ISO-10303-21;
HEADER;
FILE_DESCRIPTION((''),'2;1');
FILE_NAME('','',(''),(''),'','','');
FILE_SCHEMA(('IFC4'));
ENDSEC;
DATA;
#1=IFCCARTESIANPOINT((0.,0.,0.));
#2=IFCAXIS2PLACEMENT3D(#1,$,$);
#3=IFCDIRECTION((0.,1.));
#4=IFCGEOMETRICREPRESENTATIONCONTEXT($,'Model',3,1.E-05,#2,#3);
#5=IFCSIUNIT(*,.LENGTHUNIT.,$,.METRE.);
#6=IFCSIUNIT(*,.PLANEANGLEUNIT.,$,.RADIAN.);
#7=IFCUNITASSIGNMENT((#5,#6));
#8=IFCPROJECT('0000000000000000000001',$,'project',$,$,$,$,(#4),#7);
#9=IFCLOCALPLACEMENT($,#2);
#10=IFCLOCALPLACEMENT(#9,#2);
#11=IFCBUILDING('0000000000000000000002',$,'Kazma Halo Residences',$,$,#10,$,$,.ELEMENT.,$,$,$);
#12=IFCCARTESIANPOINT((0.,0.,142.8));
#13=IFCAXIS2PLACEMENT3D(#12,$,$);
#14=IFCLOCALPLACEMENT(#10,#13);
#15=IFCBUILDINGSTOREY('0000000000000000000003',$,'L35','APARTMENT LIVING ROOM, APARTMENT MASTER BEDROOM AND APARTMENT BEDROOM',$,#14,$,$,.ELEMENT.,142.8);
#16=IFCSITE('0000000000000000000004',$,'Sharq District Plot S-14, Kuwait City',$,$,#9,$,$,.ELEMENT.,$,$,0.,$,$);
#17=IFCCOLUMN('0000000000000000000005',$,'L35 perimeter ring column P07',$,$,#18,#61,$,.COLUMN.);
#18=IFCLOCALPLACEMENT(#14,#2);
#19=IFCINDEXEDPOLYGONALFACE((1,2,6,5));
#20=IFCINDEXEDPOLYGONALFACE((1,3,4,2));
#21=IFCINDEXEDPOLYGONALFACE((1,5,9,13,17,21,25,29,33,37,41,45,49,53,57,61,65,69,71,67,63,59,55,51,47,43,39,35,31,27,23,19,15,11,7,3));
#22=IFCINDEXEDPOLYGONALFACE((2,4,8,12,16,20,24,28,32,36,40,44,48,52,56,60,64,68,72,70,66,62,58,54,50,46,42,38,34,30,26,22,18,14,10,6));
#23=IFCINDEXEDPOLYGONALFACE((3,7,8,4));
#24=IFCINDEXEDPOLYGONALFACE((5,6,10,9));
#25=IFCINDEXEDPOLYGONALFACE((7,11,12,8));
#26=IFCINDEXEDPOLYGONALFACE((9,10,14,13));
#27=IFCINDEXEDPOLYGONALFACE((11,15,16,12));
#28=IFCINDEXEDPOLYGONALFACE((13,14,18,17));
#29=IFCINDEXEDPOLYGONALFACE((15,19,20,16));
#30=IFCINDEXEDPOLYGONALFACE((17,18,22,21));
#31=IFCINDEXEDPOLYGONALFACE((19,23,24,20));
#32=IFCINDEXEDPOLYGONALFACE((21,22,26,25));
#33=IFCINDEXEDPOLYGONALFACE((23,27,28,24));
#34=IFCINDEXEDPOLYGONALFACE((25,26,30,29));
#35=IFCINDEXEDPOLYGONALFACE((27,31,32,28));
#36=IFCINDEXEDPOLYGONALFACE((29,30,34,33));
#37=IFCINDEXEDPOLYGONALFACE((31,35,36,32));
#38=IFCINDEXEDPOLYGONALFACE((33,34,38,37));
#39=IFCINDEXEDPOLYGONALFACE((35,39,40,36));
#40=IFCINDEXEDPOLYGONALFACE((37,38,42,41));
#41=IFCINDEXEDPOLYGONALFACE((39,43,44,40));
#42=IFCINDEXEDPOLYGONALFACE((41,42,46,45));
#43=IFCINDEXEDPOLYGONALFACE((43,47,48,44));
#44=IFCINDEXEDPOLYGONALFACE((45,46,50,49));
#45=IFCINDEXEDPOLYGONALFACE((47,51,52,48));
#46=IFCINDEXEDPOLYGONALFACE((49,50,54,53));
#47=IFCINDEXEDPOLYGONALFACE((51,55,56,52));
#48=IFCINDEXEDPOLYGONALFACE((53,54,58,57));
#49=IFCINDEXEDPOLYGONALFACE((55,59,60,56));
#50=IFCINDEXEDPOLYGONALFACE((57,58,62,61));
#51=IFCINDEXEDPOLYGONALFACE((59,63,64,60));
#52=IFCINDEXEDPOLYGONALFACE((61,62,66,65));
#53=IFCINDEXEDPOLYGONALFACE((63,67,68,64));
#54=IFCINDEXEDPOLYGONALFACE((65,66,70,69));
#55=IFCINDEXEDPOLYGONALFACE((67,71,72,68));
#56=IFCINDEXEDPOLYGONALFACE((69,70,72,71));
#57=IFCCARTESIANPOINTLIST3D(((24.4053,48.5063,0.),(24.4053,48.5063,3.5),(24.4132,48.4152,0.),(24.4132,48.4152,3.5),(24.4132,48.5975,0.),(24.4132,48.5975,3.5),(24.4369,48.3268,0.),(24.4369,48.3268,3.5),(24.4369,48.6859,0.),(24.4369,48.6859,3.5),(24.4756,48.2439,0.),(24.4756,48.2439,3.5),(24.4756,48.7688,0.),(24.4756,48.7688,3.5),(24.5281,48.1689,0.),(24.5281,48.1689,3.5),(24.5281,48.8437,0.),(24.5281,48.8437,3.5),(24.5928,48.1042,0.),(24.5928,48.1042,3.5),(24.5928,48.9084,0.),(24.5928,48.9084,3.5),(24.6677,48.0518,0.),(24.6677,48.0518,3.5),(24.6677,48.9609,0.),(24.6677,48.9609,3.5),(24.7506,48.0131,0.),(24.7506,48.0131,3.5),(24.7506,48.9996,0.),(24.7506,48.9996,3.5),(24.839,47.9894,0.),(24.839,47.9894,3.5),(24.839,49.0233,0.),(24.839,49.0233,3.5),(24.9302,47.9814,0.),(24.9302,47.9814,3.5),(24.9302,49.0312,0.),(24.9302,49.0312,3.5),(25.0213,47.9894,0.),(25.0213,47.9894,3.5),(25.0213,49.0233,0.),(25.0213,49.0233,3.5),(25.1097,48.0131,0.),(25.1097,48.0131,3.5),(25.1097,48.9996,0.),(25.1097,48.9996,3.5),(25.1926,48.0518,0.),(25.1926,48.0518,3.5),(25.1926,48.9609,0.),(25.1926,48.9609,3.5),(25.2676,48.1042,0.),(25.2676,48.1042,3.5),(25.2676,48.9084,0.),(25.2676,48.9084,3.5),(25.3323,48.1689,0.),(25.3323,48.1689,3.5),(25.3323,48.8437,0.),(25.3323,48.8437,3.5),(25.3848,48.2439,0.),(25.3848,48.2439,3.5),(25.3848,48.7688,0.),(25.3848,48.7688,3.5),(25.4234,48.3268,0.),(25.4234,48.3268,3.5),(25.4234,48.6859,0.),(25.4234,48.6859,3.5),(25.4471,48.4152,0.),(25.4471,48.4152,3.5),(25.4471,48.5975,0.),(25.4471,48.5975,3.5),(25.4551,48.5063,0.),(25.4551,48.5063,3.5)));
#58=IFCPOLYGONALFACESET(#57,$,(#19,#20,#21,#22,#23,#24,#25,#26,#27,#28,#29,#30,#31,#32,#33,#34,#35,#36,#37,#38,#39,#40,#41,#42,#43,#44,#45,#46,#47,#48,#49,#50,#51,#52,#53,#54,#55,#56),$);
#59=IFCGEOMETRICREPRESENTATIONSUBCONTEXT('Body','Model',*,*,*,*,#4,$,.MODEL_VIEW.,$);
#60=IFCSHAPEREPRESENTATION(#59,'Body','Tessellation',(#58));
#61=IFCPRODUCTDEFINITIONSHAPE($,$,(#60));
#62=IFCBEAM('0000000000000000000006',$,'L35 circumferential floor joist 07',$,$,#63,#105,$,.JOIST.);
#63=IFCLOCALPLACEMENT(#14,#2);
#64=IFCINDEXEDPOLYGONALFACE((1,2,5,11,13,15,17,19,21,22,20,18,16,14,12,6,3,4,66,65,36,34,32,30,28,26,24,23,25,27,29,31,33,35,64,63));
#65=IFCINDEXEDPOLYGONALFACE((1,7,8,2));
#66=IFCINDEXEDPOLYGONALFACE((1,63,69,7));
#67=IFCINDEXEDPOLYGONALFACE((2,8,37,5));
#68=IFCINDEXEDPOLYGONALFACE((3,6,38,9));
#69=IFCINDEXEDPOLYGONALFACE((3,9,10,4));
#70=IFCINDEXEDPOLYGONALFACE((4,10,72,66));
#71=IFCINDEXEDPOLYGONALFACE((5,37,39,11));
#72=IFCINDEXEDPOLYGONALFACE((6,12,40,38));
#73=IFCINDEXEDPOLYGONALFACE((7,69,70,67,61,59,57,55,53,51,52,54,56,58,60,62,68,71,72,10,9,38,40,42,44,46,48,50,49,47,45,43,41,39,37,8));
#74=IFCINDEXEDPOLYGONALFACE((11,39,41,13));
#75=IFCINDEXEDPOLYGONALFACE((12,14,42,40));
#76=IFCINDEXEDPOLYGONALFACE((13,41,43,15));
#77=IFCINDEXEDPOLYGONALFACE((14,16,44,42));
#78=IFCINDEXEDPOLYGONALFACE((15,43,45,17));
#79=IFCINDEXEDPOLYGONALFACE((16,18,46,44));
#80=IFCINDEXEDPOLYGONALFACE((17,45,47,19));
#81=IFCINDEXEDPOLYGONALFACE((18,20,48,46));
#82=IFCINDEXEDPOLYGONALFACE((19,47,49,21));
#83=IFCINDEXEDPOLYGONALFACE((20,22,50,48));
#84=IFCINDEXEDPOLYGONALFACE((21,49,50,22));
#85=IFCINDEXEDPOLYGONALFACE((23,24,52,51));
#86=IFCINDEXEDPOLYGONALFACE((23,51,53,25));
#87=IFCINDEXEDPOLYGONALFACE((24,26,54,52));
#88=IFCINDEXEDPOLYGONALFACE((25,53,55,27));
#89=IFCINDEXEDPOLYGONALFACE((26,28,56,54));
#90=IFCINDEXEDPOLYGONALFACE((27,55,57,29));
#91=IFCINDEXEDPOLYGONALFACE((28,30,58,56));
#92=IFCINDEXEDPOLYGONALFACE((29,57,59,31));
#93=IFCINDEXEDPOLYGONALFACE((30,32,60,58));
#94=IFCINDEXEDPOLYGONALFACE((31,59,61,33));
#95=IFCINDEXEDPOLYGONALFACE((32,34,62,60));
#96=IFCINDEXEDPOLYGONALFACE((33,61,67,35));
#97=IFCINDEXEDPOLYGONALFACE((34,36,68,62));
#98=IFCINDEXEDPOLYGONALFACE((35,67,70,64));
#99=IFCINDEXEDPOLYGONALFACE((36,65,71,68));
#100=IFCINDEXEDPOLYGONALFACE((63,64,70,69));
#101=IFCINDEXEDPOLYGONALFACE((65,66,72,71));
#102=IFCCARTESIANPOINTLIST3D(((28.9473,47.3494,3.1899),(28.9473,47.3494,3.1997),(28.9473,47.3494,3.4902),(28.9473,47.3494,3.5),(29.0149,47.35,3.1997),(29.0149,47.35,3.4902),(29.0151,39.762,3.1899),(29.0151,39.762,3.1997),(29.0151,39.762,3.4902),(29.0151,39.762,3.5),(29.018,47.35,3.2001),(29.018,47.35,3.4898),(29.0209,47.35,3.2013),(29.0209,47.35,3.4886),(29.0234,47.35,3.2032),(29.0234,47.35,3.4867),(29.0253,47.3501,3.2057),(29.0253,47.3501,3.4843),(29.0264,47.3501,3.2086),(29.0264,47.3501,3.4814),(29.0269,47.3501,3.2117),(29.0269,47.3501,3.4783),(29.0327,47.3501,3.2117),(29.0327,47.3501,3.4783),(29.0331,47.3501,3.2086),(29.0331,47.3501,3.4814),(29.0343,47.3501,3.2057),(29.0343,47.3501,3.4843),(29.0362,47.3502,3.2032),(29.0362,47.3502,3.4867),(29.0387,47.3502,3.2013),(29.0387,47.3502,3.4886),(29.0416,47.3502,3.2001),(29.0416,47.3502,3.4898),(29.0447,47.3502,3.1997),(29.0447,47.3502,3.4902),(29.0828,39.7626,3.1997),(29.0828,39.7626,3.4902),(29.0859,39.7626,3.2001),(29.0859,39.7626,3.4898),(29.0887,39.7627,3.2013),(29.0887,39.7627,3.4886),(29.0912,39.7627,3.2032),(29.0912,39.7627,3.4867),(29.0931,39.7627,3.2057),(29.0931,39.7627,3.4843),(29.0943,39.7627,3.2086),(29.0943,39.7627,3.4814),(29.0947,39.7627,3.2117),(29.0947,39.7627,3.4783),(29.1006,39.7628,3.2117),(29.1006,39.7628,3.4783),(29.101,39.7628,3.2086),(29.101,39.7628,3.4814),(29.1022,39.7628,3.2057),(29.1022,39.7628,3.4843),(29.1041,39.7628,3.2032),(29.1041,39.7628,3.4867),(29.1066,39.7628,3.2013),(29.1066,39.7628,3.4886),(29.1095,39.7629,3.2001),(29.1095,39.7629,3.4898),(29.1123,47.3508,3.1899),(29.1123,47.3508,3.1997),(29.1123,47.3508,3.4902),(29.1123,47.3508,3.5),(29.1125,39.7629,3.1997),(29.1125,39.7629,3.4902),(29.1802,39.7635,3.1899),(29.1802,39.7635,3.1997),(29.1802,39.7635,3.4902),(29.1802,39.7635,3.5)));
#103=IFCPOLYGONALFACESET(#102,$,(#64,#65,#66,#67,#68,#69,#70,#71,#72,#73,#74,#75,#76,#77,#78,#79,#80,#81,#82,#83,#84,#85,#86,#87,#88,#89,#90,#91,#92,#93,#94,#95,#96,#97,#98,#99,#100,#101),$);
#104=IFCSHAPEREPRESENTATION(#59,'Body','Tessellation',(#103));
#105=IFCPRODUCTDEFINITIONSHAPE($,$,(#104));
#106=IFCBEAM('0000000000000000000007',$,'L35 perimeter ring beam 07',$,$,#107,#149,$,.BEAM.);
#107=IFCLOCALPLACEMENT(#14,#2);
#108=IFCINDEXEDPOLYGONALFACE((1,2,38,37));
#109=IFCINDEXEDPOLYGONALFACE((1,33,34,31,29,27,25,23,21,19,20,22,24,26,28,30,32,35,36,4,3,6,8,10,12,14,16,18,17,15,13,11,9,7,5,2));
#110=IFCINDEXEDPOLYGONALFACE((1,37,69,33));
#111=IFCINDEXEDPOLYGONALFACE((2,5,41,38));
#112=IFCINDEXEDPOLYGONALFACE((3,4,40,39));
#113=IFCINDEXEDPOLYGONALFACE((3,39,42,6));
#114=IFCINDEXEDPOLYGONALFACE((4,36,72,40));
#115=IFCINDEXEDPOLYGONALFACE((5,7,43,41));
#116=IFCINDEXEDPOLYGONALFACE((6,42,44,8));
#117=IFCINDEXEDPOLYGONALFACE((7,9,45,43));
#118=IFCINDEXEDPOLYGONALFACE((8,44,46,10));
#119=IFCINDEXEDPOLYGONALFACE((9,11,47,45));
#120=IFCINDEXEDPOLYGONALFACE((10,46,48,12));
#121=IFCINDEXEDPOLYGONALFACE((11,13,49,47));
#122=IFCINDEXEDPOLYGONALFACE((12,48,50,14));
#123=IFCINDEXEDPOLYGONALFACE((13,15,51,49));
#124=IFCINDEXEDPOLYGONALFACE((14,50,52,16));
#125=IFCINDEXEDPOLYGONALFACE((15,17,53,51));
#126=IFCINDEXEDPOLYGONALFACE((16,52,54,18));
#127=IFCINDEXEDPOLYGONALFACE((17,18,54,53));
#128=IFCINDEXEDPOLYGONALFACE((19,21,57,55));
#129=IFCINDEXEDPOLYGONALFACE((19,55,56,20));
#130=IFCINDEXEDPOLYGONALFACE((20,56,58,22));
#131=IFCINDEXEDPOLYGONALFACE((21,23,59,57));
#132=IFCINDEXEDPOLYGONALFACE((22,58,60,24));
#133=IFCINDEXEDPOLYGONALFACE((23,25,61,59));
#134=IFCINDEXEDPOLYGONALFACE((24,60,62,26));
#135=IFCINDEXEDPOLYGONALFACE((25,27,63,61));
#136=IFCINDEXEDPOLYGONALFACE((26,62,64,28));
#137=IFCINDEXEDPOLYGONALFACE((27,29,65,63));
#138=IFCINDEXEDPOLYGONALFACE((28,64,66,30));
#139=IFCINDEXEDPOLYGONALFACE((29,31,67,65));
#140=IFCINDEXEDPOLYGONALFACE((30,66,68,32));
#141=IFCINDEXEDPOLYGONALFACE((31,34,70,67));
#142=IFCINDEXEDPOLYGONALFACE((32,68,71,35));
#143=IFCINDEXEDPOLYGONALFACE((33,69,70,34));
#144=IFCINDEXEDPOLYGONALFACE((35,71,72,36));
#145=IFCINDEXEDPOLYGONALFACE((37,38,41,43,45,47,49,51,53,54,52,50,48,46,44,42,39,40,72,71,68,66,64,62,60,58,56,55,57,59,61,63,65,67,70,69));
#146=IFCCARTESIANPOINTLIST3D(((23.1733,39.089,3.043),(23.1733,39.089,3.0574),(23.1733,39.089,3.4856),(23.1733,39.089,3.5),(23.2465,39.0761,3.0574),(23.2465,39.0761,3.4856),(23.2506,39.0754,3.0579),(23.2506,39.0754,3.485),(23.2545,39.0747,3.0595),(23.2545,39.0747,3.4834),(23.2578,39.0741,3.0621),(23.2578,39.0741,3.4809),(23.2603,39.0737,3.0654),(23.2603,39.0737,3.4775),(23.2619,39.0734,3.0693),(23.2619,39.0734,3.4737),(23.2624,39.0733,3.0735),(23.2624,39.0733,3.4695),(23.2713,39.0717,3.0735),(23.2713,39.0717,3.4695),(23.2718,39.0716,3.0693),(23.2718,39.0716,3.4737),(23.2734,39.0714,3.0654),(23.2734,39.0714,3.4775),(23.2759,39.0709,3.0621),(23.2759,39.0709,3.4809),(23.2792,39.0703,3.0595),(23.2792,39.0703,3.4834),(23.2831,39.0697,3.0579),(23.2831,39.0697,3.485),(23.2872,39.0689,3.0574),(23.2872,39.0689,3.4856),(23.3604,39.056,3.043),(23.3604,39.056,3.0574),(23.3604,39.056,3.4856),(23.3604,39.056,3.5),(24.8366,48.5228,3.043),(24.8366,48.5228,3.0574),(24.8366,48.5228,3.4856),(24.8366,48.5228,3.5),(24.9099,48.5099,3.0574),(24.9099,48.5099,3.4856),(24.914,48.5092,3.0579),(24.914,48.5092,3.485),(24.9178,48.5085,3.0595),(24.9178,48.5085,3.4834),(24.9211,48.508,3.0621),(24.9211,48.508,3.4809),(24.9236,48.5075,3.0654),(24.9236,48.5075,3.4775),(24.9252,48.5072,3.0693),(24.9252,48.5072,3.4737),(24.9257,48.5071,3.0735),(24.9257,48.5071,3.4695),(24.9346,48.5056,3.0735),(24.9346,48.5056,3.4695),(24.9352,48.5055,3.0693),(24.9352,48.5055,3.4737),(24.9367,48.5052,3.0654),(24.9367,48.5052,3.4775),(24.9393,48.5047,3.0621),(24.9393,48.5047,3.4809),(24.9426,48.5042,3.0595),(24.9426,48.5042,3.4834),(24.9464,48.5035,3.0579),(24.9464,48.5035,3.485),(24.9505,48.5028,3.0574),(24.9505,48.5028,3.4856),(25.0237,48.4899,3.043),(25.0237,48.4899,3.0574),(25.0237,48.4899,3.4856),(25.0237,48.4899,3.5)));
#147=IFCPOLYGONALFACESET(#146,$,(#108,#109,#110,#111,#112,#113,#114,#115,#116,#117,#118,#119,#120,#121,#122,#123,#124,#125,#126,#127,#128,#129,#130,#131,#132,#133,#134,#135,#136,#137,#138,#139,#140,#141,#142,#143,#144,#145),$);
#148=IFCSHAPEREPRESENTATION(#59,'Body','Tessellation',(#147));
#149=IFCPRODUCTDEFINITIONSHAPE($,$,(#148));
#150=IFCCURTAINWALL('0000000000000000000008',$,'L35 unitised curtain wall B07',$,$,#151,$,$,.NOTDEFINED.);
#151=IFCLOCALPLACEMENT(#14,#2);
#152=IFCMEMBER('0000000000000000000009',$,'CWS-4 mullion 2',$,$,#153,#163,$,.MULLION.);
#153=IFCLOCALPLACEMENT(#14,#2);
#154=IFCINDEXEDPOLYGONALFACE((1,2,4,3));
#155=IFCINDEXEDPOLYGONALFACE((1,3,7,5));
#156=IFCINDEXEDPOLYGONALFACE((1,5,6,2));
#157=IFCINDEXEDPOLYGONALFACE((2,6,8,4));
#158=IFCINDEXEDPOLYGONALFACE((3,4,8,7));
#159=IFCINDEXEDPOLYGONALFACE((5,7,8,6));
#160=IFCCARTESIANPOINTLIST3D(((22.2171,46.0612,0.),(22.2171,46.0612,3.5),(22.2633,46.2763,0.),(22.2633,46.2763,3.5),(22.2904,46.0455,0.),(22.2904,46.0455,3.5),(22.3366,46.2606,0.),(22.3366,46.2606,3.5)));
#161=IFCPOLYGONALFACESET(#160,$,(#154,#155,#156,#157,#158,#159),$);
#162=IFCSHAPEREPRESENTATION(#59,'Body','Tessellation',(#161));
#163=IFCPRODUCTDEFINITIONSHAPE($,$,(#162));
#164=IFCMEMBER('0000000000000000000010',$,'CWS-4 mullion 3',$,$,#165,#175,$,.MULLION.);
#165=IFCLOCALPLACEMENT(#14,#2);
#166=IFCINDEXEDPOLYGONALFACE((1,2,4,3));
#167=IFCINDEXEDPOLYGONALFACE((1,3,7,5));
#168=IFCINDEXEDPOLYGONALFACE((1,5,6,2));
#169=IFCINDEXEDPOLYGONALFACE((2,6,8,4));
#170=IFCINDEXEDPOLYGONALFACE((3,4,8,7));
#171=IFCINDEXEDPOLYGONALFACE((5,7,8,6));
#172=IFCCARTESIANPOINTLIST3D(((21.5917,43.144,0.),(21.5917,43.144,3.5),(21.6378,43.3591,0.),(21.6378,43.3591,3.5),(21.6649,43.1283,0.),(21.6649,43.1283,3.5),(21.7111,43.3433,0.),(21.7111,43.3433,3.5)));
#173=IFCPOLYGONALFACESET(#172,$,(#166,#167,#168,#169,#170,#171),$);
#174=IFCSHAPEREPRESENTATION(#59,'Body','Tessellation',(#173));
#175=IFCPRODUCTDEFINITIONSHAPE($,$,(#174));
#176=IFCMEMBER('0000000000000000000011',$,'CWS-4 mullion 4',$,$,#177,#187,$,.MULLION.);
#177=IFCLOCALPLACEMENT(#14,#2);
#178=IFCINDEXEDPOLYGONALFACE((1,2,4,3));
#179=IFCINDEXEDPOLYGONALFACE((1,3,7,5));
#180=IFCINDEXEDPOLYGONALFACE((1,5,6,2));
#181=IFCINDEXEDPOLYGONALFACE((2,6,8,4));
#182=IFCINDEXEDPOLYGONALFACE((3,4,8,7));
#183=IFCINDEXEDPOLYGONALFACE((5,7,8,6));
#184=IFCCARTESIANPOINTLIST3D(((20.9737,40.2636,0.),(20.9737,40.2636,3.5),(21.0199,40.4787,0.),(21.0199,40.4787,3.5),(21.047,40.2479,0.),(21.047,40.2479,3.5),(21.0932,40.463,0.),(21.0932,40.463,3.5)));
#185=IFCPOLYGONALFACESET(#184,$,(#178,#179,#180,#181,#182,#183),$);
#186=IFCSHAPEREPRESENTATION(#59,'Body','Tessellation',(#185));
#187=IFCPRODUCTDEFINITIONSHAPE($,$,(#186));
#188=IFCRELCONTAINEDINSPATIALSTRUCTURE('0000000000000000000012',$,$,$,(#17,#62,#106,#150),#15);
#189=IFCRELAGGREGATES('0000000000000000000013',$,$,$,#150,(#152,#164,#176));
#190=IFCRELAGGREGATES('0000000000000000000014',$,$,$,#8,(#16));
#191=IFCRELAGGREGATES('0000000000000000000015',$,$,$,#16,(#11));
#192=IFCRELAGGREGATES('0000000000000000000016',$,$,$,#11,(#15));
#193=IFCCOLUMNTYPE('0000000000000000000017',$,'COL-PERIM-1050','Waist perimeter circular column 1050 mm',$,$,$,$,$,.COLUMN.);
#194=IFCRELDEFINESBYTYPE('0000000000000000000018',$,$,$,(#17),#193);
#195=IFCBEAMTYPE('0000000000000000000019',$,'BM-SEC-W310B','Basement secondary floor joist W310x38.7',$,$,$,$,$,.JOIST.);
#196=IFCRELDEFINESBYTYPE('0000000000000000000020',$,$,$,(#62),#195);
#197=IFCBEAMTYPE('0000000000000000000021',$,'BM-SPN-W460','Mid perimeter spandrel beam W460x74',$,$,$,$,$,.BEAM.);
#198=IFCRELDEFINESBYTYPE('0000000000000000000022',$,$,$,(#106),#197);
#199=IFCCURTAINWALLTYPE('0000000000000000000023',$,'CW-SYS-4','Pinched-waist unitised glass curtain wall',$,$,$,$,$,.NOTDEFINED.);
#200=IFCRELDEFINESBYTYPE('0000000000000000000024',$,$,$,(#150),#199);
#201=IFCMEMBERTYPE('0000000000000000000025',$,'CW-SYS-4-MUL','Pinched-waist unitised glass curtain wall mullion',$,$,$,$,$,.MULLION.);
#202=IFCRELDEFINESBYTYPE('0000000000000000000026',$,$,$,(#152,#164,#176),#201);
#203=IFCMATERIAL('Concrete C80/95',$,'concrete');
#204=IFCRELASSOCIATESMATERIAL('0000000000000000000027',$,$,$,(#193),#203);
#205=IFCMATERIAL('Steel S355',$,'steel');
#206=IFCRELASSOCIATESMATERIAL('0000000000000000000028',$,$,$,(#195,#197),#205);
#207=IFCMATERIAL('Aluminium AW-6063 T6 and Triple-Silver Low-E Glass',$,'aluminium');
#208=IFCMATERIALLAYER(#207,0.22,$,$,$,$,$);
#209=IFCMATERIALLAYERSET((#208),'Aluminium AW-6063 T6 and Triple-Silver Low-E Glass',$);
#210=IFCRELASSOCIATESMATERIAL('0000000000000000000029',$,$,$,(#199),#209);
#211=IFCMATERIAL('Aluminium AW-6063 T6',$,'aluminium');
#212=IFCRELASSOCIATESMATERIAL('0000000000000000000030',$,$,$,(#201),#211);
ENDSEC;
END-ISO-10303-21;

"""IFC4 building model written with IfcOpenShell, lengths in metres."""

from ifc_helpers import new_model, si_unit, direction, frame, origin, origin_2d, place, context, subcontext, project, spatial, rectangle, circle, i_section, extrude, material, layer, layer_set, material_profile, profile_set, type_object, element, aggregate, save


model = new_model("IFC4")

# Units and contexts
model_context = context("Model", 3, precision=1e-05, world=origin(), true_north=direction((0.0, 1.0)))
body_context = subcontext(model_context, "Body", "Model", "MODEL_VIEW")
ifc_project = project(units=[si_unit("LENGTHUNIT", "METRE"), si_unit("PLANEANGLEUNIT", "RADIAN")], contexts=[model_context])

# Site, building, storey
site_placement = place(None, origin())
site = spatial("IfcSite", under=ifc_project, at=site_placement, Name="Sharq District Plot S-14, Kuwait City", CompositionType="ELEMENT", RefElevation=0.0)
building_placement = place(site_placement, origin())
building = spatial("IfcBuilding", under=site, at=building_placement, Name="Kazma Halo Residences", CompositionType="ELEMENT")
storey_placement = place(building_placement, frame((0.0, 0.0, 142.8)))
storey = spatial("IfcBuildingStorey", under=building, at=storey_placement, Name="L35", Description="APARTMENT LIVING ROOM, APARTMENT MASTER BEDROOM AND APARTMENT BEDROOM", CompositionType="ELEMENT", Elevation=142.8)

# Column
ifc_material_1 = material(Name="Concrete C80/95", Category="concrete")
ifc_material_profile_1 = material_profile(ifc_material_1, circle(Radius=0.5249, at=origin_2d()), Name="CIRC1050")
ifc_profile_set_1 = profile_set([ifc_material_profile_1], Name="Concrete C80/95")
column_type = type_object("IfcColumnType", Name="COL-PERIM-1050", Description="Waist perimeter circular column 1050 mm", PredefinedType="COLUMN", material=ifc_profile_set_1)
column_placement = place(storey_placement, frame((24.9302, 48.5063, 0.0), z_axis=(0.0, 0.0, 1.0), x_axis=(1.0, 0.0, 0.0)))
element("IfcColumn", 1, at=column_placement, inside=storey, type_object=column_type, Name="L35 perimeter ring column P07", PredefinedType="COLUMN", context=body_context, shape_type="SweptSolid", body=[
    extrude(circle(Radius=0.5249, at=origin_2d()), origin(), (0.0, 0.0, 1.0), 3.5),
])

# Beams
ifc_material_2 = material(Name="Steel S355", Category="steel")
ifc_material_profile_2 = material_profile(ifc_material_2, i_section(OverallWidth=0.165, OverallDepth=0.3101, WebThickness=0.0059, FlangeThickness=0.0098, FilletRadius=0.012, at=origin_2d()), Name="W310x38.7")
ifc_profile_set_2 = profile_set([ifc_material_profile_2], Name="Steel S355")
beam_type_1 = type_object("IfcBeamType", Name="BM-SEC-W310B", Description="Basement secondary floor joist W310x38.7", PredefinedType="JOIST", material=ifc_profile_set_2)
beam_1_placement = place(storey_placement, frame((29.0298, 47.3501, 3.345), z_axis=(0.008945, -0.99996, 0.0), x_axis=(0.99996, 0.008945, 0.0)))
element("IfcBeam", 2, at=beam_1_placement, inside=storey, type_object=beam_type_1, Name="L35 circumferential floor joist 07", PredefinedType="JOIST", context=body_context, shape_type="SweptSolid", body=[
    extrude(i_section(OverallWidth=0.165, OverallDepth=0.3101, WebThickness=0.0059, FlangeThickness=0.0098, FilletRadius=0.012, at=origin_2d()), origin(), (0.0, 0.0, 1.0), 7.5876),
])
ifc_material_profile_3 = material_profile(ifc_material_2, i_section(OverallWidth=0.1899, OverallDepth=0.457, WebThickness=0.009, FlangeThickness=0.0144, FilletRadius=0.0161, at=origin_2d()), Name="W460x74")
ifc_profile_set_3 = profile_set([ifc_material_profile_3], Name="Steel S355")
beam_type_2 = type_object("IfcBeamType", Name="BM-SPN-W460", Description="Mid perimeter spandrel beam W460x74", PredefinedType="BEAM", material=ifc_profile_set_3)
beam_2_placement = place(storey_placement, frame((24.9302, 48.5063, 3.2715), z_axis=(-0.173637, -0.98481, 0.0), x_axis=(0.98481, -0.173637, 0.0)))
element("IfcBeam", 3, at=beam_2_placement, inside=storey, type_object=beam_type_2, Name="L35 perimeter ring beam 07", PredefinedType="BEAM", context=body_context, shape_type="SweptSolid", body=[
    extrude(i_section(OverallWidth=0.1899, OverallDepth=0.457, WebThickness=0.009, FlangeThickness=0.0144, FilletRadius=0.0161, at=origin_2d()), origin(), (0.0, 0.0, 1.0), 9.5793),
])

# Curtain wall, members
ifc_material_3 = material(Name="Aluminium AW-6063 T6 and Triple-Silver Low-E Glass", Category="aluminium")
ifc_layer_1 = layer(ifc_material_3, 0.22)
ifc_layer_set_1 = layer_set([ifc_layer_1], Name="Aluminium AW-6063 T6 and Triple-Silver Low-E Glass")
curtain_wall_type = type_object("IfcCurtainWallType", Name="CW-SYS-4", Description="Pinched-waist unitised glass curtain wall", PredefinedType="NOTDEFINED", material=ifc_layer_set_1)
curtain_wall_placement = place(storey_placement, origin())
curtain_wall = element("IfcCurtainWall", 4, at=curtain_wall_placement, inside=storey, type_object=curtain_wall_type, Name="L35 unitised curtain wall B07", PredefinedType="NOTDEFINED")
ifc_material_4 = material(Name="Aluminium AW-6063 T6", Category="aluminium")
ifc_material_profile_4 = material_profile(ifc_material_4, rectangle(XDim=0.075, YDim=0.22, at=origin_2d()), Name="CWM-75x220")
ifc_profile_set_4 = profile_set([ifc_material_profile_4], Name="Aluminium AW-6063 T6")
member_type_1 = type_object("IfcMemberType", Name="CW-SYS-4-MUL", Description="Pinched-waist unitised glass curtain wall mullion", PredefinedType="MULLION", material=ifc_profile_set_4)
member_1_placement = place(storey_placement, frame((22.2769, 46.1609, 0.0), z_axis=(0.0, 0.0, 1.0), x_axis=(0.977765, -0.209704, 0.0)))
member_1 = element("IfcMember", 5, at=member_1_placement, type_object=member_type_1, Name="CWS-4 mullion 2", PredefinedType="MULLION", context=body_context, shape_type="SweptSolid", body=[
    extrude(rectangle(XDim=0.075, YDim=0.22, at=origin_2d()), origin(), (0.0, 0.0, 1.0), 3.5),
])
member_2_placement = place(storey_placement, frame((21.6514, 43.2437, 0.0), z_axis=(0.0, 0.0, 1.0), x_axis=(0.977765, -0.209704, 0.0)))
member_2 = element("IfcMember", 6, at=member_2_placement, type_object=member_type_1, Name="CWS-4 mullion 3", PredefinedType="MULLION", context=body_context, shape_type="SweptSolid", body=[
    extrude(rectangle(XDim=0.075, YDim=0.22, at=origin_2d()), origin(), (0.0, 0.0, 1.0), 3.5),
])
member_3_placement = place(storey_placement, frame((21.0334, 40.3633, 0.0), z_axis=(0.0, 0.0, 1.0), x_axis=(0.977765, -0.209704, 0.0)))
member_3 = element("IfcMember", 7, at=member_3_placement, type_object=member_type_1, Name="CWS-4 mullion 4", PredefinedType="MULLION", context=body_context, shape_type="SweptSolid", body=[
    extrude(rectangle(XDim=0.075, YDim=0.22, at=origin_2d()), origin(), (0.0, 0.0, 1.0), 3.5),
])
aggregate(curtain_wall, [member_1, member_2, member_3])

save(model, "model.ifc")
